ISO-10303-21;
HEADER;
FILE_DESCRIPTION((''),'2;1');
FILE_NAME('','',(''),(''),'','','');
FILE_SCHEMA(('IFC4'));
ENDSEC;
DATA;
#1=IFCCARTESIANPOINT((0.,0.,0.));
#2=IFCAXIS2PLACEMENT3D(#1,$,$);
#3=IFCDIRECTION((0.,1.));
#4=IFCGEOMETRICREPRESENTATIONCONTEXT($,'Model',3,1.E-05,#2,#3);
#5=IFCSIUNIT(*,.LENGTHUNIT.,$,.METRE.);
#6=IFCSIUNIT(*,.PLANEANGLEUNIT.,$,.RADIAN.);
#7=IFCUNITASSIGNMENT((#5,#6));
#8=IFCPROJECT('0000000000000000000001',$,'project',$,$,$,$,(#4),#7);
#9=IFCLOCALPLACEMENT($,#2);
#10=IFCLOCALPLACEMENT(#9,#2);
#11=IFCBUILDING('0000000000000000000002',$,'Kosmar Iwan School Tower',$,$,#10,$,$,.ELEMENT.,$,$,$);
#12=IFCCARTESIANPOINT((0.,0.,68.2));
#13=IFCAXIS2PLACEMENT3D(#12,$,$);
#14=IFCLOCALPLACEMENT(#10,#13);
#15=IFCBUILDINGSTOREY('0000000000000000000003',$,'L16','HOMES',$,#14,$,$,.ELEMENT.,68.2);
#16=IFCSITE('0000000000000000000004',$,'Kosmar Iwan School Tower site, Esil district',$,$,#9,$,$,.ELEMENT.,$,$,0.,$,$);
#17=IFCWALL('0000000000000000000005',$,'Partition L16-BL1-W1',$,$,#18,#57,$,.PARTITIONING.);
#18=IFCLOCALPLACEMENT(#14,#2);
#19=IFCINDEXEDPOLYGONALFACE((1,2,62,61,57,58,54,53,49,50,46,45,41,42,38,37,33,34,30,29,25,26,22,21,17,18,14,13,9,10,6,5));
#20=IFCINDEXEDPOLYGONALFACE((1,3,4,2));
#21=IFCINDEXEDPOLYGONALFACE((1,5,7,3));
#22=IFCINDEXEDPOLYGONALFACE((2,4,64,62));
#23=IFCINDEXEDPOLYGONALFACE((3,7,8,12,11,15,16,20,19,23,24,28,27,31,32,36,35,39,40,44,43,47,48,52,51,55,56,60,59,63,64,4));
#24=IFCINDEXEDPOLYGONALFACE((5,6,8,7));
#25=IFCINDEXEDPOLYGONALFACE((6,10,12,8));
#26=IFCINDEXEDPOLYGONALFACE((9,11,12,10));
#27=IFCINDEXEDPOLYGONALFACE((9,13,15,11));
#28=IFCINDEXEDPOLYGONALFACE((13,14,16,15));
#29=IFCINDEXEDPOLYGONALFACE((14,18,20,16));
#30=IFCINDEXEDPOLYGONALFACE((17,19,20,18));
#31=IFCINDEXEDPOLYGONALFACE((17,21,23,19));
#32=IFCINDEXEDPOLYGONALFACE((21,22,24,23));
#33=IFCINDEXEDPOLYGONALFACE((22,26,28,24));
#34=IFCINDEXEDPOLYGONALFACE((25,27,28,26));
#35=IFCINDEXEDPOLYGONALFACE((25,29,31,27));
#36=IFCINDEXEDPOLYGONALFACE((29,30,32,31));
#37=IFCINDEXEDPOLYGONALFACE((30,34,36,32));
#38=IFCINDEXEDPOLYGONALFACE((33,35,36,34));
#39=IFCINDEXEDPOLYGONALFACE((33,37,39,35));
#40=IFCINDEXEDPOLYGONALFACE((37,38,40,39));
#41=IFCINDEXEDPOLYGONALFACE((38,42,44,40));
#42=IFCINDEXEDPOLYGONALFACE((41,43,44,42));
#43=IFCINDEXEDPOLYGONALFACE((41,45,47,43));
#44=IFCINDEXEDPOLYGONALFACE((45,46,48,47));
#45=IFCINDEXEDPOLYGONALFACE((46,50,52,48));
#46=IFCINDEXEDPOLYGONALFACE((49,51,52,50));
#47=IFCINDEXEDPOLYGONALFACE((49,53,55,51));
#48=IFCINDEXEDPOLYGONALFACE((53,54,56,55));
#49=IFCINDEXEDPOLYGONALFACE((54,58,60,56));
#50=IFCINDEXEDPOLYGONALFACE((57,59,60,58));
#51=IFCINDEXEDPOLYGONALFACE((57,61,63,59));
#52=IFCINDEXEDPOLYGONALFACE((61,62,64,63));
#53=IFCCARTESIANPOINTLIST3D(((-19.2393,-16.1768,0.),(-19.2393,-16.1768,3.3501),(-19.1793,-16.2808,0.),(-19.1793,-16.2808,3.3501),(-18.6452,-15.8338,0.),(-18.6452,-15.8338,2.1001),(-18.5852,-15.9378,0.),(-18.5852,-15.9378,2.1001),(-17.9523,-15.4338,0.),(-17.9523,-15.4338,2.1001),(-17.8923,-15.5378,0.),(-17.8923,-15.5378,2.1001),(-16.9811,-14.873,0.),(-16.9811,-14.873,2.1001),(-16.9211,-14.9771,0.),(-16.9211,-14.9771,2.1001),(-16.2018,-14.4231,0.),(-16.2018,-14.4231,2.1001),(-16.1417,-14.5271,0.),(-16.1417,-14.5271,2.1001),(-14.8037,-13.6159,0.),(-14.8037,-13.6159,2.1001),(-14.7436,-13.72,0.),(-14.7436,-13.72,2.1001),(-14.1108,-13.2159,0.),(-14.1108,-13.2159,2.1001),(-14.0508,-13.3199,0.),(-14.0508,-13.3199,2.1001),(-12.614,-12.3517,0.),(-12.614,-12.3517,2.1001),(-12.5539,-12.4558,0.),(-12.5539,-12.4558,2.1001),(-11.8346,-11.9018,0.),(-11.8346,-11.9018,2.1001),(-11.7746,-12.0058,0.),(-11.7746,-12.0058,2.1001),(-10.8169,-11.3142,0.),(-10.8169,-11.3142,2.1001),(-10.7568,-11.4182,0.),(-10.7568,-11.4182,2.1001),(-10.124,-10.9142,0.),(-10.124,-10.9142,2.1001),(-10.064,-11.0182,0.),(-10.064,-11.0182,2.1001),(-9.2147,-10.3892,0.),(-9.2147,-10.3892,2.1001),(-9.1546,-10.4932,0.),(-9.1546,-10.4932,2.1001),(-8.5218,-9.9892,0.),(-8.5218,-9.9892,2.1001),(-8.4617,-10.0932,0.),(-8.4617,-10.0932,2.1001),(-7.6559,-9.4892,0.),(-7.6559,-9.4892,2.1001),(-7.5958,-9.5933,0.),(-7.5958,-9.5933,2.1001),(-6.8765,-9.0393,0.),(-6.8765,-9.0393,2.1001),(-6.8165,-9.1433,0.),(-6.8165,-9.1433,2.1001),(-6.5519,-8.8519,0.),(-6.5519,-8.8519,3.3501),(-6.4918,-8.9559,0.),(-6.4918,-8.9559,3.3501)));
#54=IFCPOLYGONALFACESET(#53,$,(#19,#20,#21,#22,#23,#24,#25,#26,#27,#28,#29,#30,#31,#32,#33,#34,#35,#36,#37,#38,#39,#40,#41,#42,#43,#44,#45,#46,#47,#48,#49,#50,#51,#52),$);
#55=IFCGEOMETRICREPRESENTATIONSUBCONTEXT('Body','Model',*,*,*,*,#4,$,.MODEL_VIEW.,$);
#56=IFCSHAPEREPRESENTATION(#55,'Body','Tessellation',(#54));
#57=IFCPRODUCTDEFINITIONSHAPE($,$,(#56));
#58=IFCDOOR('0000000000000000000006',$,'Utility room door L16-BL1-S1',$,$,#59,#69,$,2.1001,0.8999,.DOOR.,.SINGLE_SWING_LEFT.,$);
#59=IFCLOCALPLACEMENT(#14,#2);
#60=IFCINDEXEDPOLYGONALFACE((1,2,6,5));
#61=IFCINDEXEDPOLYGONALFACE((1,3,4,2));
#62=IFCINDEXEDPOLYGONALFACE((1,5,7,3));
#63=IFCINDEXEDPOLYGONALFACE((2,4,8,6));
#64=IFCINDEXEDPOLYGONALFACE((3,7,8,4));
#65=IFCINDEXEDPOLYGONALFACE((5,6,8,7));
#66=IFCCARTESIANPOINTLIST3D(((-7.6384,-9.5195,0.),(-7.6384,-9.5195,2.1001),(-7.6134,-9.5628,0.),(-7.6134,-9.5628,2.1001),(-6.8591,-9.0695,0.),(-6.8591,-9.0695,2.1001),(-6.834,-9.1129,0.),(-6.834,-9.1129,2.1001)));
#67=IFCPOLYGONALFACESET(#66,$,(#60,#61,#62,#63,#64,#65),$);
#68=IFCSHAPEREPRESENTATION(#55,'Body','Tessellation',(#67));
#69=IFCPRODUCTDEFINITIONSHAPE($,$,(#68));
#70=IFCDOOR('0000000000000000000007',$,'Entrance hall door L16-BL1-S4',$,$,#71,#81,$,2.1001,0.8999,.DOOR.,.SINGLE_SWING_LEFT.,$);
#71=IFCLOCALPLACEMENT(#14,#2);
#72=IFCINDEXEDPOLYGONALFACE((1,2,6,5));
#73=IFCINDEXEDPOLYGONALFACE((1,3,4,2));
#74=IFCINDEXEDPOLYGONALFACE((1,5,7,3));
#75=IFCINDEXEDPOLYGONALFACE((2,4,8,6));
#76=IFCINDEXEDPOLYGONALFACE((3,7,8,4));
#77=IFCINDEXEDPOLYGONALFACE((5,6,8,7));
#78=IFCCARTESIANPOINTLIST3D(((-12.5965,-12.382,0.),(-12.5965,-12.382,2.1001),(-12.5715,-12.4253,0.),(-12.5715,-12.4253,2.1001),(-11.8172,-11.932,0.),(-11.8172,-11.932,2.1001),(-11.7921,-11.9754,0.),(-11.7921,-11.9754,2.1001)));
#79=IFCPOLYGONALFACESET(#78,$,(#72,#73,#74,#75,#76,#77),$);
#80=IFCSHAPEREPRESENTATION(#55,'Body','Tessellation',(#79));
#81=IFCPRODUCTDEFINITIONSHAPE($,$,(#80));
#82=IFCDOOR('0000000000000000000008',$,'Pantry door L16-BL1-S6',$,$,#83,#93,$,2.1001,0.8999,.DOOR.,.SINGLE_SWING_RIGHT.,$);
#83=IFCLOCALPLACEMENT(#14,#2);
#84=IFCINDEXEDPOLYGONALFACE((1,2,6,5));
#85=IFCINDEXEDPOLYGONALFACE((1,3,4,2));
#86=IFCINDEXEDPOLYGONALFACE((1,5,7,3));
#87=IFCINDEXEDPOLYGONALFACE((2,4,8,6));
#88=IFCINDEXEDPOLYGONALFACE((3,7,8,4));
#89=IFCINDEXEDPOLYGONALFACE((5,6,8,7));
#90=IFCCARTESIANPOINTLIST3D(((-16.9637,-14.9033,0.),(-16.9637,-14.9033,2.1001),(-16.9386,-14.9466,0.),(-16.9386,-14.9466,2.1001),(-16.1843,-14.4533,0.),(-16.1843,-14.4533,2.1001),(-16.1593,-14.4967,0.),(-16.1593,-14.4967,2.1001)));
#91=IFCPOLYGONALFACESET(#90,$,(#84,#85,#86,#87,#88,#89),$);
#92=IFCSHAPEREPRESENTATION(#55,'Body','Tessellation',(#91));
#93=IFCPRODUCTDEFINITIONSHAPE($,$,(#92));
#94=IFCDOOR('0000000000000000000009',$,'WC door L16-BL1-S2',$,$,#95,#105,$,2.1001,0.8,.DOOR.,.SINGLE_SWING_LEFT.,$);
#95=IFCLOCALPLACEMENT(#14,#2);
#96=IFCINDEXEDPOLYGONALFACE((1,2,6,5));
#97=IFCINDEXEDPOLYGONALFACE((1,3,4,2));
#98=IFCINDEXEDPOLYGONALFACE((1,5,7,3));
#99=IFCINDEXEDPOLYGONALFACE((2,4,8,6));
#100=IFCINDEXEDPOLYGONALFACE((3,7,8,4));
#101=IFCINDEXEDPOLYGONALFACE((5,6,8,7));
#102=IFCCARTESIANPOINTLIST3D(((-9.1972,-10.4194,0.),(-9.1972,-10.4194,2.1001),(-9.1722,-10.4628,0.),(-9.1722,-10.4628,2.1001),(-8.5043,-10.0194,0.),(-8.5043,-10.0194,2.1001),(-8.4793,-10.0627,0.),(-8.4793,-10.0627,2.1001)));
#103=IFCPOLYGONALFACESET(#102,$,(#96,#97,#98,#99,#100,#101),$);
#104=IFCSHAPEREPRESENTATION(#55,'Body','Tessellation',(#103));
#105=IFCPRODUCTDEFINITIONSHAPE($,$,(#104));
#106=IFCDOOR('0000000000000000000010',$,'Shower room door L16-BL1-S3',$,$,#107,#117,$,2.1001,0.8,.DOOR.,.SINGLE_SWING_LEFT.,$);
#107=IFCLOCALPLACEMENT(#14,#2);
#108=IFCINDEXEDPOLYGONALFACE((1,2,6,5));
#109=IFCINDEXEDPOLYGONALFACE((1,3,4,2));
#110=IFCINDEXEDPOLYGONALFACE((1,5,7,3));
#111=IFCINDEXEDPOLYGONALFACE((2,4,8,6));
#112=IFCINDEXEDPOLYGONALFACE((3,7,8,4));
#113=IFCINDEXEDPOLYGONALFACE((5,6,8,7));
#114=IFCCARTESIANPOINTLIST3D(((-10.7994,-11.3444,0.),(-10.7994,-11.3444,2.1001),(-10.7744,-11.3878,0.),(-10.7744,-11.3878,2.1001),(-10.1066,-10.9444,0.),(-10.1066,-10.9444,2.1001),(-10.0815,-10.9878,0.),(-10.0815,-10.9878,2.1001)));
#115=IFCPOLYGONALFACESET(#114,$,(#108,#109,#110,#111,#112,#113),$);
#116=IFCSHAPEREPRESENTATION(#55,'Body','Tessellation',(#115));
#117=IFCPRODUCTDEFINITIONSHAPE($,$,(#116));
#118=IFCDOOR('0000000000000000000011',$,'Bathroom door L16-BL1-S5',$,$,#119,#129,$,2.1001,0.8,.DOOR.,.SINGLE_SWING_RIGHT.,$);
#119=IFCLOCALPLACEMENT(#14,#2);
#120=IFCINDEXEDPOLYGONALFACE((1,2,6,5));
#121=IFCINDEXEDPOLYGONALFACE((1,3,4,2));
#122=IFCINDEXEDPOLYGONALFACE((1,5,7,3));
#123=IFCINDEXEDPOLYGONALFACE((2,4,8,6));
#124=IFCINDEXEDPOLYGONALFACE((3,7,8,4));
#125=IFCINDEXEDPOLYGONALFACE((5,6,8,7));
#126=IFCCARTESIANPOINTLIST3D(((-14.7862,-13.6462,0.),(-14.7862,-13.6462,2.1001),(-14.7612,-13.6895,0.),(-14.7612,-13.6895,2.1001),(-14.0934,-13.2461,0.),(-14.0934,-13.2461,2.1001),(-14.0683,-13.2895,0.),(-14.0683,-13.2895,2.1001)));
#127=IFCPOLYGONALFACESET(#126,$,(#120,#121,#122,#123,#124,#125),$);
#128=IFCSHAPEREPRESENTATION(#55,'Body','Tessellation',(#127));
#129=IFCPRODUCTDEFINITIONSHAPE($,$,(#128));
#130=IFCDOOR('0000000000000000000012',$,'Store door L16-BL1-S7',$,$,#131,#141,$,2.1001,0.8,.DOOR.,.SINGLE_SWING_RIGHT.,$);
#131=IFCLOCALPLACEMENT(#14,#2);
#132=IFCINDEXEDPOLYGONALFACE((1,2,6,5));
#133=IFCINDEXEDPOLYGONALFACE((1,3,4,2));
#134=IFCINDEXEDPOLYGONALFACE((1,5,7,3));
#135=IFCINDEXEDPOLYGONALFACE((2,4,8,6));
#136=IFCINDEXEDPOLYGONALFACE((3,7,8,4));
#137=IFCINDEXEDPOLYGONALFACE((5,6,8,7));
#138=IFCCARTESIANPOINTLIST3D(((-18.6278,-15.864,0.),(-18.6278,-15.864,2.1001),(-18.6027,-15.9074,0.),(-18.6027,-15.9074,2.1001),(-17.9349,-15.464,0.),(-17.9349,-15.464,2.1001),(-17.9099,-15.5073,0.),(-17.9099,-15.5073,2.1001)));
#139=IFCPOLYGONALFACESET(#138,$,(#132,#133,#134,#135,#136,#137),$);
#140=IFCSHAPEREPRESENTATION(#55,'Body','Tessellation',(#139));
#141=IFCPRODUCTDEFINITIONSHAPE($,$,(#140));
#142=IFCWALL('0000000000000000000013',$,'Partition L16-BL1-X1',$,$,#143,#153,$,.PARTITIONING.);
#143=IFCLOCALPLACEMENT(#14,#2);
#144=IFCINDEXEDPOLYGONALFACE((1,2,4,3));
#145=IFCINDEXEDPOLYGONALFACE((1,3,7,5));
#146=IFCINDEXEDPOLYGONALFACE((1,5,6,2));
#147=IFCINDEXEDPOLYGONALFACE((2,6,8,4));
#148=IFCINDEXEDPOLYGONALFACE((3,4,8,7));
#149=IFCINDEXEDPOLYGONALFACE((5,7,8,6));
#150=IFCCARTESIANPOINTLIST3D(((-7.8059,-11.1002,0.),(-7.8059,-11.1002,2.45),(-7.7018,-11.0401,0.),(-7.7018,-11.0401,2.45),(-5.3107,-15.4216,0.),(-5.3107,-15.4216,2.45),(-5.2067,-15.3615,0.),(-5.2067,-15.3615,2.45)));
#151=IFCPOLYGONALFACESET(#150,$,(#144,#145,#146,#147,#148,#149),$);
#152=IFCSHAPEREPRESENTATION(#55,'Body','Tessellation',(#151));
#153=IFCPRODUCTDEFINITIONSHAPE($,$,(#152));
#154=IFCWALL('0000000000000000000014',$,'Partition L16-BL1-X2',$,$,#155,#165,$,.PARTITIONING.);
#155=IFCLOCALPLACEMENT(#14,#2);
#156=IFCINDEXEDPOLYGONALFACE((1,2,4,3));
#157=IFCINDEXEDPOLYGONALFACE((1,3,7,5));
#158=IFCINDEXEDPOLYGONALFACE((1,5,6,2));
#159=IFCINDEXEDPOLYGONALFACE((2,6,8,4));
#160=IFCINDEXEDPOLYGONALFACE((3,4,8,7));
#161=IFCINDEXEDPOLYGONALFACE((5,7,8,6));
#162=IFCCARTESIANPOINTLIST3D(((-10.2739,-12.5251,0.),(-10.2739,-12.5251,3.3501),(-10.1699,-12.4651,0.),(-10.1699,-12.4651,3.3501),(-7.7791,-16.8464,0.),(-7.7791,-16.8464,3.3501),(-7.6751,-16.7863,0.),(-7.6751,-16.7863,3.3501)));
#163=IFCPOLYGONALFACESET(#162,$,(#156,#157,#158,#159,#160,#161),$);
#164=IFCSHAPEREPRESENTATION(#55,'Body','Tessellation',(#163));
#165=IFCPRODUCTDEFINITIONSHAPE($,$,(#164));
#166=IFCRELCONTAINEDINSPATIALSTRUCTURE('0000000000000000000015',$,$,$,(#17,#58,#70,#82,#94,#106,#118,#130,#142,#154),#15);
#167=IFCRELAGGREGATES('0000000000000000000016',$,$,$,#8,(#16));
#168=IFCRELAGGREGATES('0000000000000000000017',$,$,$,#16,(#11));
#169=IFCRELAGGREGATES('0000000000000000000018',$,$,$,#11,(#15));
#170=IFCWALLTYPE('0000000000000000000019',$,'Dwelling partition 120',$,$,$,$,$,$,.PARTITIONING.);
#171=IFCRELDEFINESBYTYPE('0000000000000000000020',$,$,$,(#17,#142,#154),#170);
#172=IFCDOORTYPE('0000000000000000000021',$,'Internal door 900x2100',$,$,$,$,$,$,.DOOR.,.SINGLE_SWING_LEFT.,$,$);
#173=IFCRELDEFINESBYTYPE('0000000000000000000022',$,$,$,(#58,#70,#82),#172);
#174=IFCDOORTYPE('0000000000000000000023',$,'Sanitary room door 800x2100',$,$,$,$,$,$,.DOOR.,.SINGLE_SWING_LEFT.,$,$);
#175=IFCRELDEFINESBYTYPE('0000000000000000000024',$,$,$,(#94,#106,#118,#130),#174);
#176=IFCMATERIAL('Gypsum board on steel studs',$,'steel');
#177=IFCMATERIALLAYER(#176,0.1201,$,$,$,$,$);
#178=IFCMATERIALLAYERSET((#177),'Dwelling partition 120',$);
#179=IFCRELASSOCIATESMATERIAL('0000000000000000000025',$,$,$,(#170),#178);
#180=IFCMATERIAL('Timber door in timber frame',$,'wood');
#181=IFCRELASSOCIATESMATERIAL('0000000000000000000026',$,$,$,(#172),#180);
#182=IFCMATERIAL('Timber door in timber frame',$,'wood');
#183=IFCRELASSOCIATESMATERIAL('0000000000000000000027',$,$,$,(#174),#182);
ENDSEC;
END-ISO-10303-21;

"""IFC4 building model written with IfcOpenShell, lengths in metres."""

from ifc_helpers import new_model, si_unit, direction, frame, frame_2d, origin, place, context, subcontext, project, spatial, rectangle, extrude, material, layer, layer_set, type_object, element, fill, save


model = new_model("IFC4")

# Units and contexts
model_context = context("Model", 3, precision=1e-05, world=origin(), true_north=direction((0.0, 1.0)))
body_context = subcontext(model_context, "Body", "Model", "MODEL_VIEW")
ifc_project = project(units=[si_unit("LENGTHUNIT", "METRE"), si_unit("PLANEANGLEUNIT", "RADIAN")], contexts=[model_context])

# Site, building, storey
site_placement = place(None, origin())
site = spatial("IfcSite", under=ifc_project, at=site_placement, Name="Kosmar Iwan School Tower site, Esil district", CompositionType="ELEMENT", RefElevation=0.0)
building_placement = place(site_placement, origin())
building = spatial("IfcBuilding", under=site, at=building_placement, Name="Kosmar Iwan School Tower", CompositionType="ELEMENT")
storey_placement = place(building_placement, frame((0.0, 0.0, 68.2)))
storey = spatial("IfcBuildingStorey", under=building, at=storey_placement, Name="L16", Description="HOMES", CompositionType="ELEMENT", Elevation=68.2)

# Wall, openings, doors
ifc_material_1 = material(Name="Gypsum board on steel studs", Category="steel")
ifc_layer_1 = layer(ifc_material_1, 0.1201)
ifc_layer_set_1 = layer_set([ifc_layer_1], Name="Dwelling partition 120")
wall_type_1 = type_object("IfcWallType", Name="Dwelling partition 120", PredefinedType="PARTITIONING", material=ifc_layer_set_1)
wall_1_placement = place(storey_placement, frame((-6.5217, -8.9038, 0.0), z_axis=(0.0, 0.0, 1.0), x_axis=(-0.866031, -0.499991, 0.0)))
wall_1 = element("IfcWall", 1, at=wall_1_placement, inside=storey, type_object=wall_type_1, Name="Partition L16-BL1-W1", PredefinedType="PARTITIONING", context=body_context, shape_type="SweptSolid", body=[
    extrude(rectangle(XDim=14.6501, YDim=0.1201, at=frame_2d((7.3252, 0.0))), origin(), (0.0, 0.0, 1.0), 3.3501),
])
opening_1_placement = place(wall_1_placement, frame((0.375, 0.0, 0.0)))
opening_1 = element("IfcOpeningElement", 2, at=opening_1_placement, cuts=wall_1, PredefinedType="OPENING", context=body_context, shape_type="SweptSolid", body=[
    extrude(rectangle(XDim=0.8999, YDim=2.1001, at=frame_2d((0.45, 1.05))), frame((0.0, 0.072, 0.0), z_axis=(0.0, -1.0, 0.0), x_axis=(1.0, 0.0, 0.0)), (0.0, 0.0, 1.0), 0.144),
])
opening_2_placement = place(wall_1_placement, frame((2.2749, 0.0, 0.0)))
opening_2 = element("IfcOpeningElement", 3, at=opening_2_placement, cuts=wall_1, PredefinedType="OPENING", context=body_context, shape_type="SweptSolid", body=[
    extrude(rectangle(XDim=0.8, YDim=2.1001, at=frame_2d((0.3999, 1.05))), frame((0.0, 0.072, 0.0), z_axis=(0.0, -1.0, 0.0), x_axis=(1.0, 0.0, 0.0)), (0.0, 0.0, 1.0), 0.144),
])
opening_3_placement = place(wall_1_placement, frame((4.125, 0.0, 0.0)))
opening_3 = element("IfcOpeningElement", 4, at=opening_3_placement, cuts=wall_1, PredefinedType="OPENING", context=body_context, shape_type="SweptSolid", body=[
    extrude(rectangle(XDim=0.8, YDim=2.1001, at=frame_2d((0.3999, 1.05))), frame((0.0, 0.072, 0.0), z_axis=(0.0, -1.0, 0.0), x_axis=(1.0, 0.0, 0.0)), (0.0, 0.0, 1.0), 0.144),
])
opening_4_placement = place(wall_1_placement, frame((6.1001, 0.0, 0.0)))
opening_4 = element("IfcOpeningElement", 5, at=opening_4_placement, cuts=wall_1, PredefinedType="OPENING", context=body_context, shape_type="SweptSolid", body=[
    extrude(rectangle(XDim=0.8999, YDim=2.1001, at=frame_2d((0.45, 1.05))), frame((0.0, 0.072, 0.0), z_axis=(0.0, -1.0, 0.0), x_axis=(1.0, 0.0, 0.0)), (0.0, 0.0, 1.0), 0.144),
])
opening_5_placement = place(wall_1_placement, frame((8.7285, 0.0, 0.0)))
opening_5 = element("IfcOpeningElement", 6, at=opening_5_placement, cuts=wall_1, PredefinedType="OPENING", context=body_context, shape_type="SweptSolid", body=[
    extrude(rectangle(XDim=0.8, YDim=2.1001, at=frame_2d((0.3999, 1.05))), frame((0.0, 0.072, 0.0), z_axis=(0.0, -1.0, 0.0), x_axis=(1.0, 0.0, 0.0)), (0.0, 0.0, 1.0), 0.144),
])
opening_6_placement = place(wall_1_placement, frame((11.1428, 0.0, 0.0)))
opening_6 = element("IfcOpeningElement", 7, at=opening_6_placement, cuts=wall_1, PredefinedType="OPENING", context=body_context, shape_type="SweptSolid", body=[
    extrude(rectangle(XDim=0.8999, YDim=2.1001, at=frame_2d((0.45, 1.05))), frame((0.0, 0.072, 0.0), z_axis=(0.0, -1.0, 0.0), x_axis=(1.0, 0.0, 0.0)), (0.0, 0.0, 1.0), 0.144),
])
opening_7_placement = place(wall_1_placement, frame((13.1643, 0.0, 0.0)))
opening_7 = element("IfcOpeningElement", 8, at=opening_7_placement, cuts=wall_1, PredefinedType="OPENING", context=body_context, shape_type="SweptSolid", body=[
    extrude(rectangle(XDim=0.8, YDim=2.1001, at=frame_2d((0.3999, 1.05))), frame((0.0, 0.072, 0.0), z_axis=(0.0, -1.0, 0.0), x_axis=(1.0, 0.0, 0.0)), (0.0, 0.0, 1.0), 0.144),
])
ifc_material_2 = material(Name="Timber door in timber frame", Category="wood")
door_type_1 = type_object("IfcDoorType", Name="Internal door 900x2100", OperationType="SINGLE_SWING_LEFT", PredefinedType="DOOR", material=ifc_material_2)
door_1_placement = place(opening_1_placement, origin())
door_1 = element("IfcDoor", 9, at=door_1_placement, inside=storey, type_object=door_type_1, Name="Utility room door L16-BL1-S1", OperationType="SINGLE_SWING_LEFT", OverallHeight=2.1001, OverallWidth=0.8999, PredefinedType="DOOR", context=body_context, shape_type="SweptSolid", body=[
    extrude(rectangle(XDim=0.8999, YDim=2.1001, at=frame_2d((0.45, 1.05))), frame((0.0, 0.0249, 0.0), z_axis=(0.0, -1.0, 0.0), x_axis=(1.0, 0.0, 0.0)), (0.0, 0.0, 1.0), 0.05),
])
fill(opening_1, door_1)
door_2_placement = place(opening_4_placement, origin())
door_2 = element("IfcDoor", 10, at=door_2_placement, inside=storey, type_object=door_type_1, Name="Entrance hall door L16-BL1-S4", OperationType="SINGLE_SWING_LEFT", OverallHeight=2.1001, OverallWidth=0.8999, PredefinedType="DOOR", context=body_context, shape_type="SweptSolid", body=[
    extrude(rectangle(XDim=0.8999, YDim=2.1001, at=frame_2d((0.45, 1.05))), frame((0.0, 0.0249, 0.0), z_axis=(0.0, -1.0, 0.0), x_axis=(1.0, 0.0, 0.0)), (0.0, 0.0, 1.0), 0.05),
])
fill(opening_4, door_2)
door_3_placement = place(opening_6_placement, origin())
door_3 = element("IfcDoor", 11, at=door_3_placement, inside=storey, type_object=door_type_1, Name="Pantry door L16-BL1-S6", OperationType="SINGLE_SWING_RIGHT", OverallHeight=2.1001, OverallWidth=0.8999, PredefinedType="DOOR", context=body_context, shape_type="SweptSolid", body=[
    extrude(rectangle(XDim=0.8999, YDim=2.1001, at=frame_2d((0.45, 1.05))), frame((0.0, 0.0249, 0.0), z_axis=(0.0, -1.0, 0.0), x_axis=(1.0, 0.0, 0.0)), (0.0, 0.0, 1.0), 0.05),
])
fill(opening_6, door_3)
ifc_material_3 = material(Name="Timber door in timber frame", Category="wood")
door_type_2 = type_object("IfcDoorType", Name="Sanitary room door 800x2100", OperationType="SINGLE_SWING_LEFT", PredefinedType="DOOR", material=ifc_material_3)
door_4_placement = place(opening_2_placement, origin())
door_4 = element("IfcDoor", 12, at=door_4_placement, inside=storey, type_object=door_type_2, Name="WC door L16-BL1-S2", OperationType="SINGLE_SWING_LEFT", OverallHeight=2.1001, OverallWidth=0.8, PredefinedType="DOOR", context=body_context, shape_type="SweptSolid", body=[
    extrude(rectangle(XDim=0.8, YDim=2.1001, at=frame_2d((0.3999, 1.05))), frame((0.0, 0.0249, 0.0), z_axis=(0.0, -1.0, 0.0), x_axis=(1.0, 0.0, 0.0)), (0.0, 0.0, 1.0), 0.05),
])
fill(opening_2, door_4)
door_5_placement = place(opening_3_placement, origin())
door_5 = element("IfcDoor", 13, at=door_5_placement, inside=storey, type_object=door_type_2, Name="Shower room door L16-BL1-S3", OperationType="SINGLE_SWING_LEFT", OverallHeight=2.1001, OverallWidth=0.8, PredefinedType="DOOR", context=body_context, shape_type="SweptSolid", body=[
    extrude(rectangle(XDim=0.8, YDim=2.1001, at=frame_2d((0.3999, 1.05))), frame((0.0, 0.0249, 0.0), z_axis=(0.0, -1.0, 0.0), x_axis=(1.0, 0.0, 0.0)), (0.0, 0.0, 1.0), 0.05),
])
fill(opening_3, door_5)
door_6_placement = place(opening_5_placement, origin())
door_6 = element("IfcDoor", 14, at=door_6_placement, inside=storey, type_object=door_type_2, Name="Bathroom door L16-BL1-S5", OperationType="SINGLE_SWING_RIGHT", OverallHeight=2.1001, OverallWidth=0.8, PredefinedType="DOOR", context=body_context, shape_type="SweptSolid", body=[
    extrude(rectangle(XDim=0.8, YDim=2.1001, at=frame_2d((0.3999, 1.05))), frame((0.0, 0.0249, 0.0), z_axis=(0.0, -1.0, 0.0), x_axis=(1.0, 0.0, 0.0)), (0.0, 0.0, 1.0), 0.05),
])
fill(opening_5, door_6)
door_7_placement = place(opening_7_placement, origin())
door_7 = element("IfcDoor", 15, at=door_7_placement, inside=storey, type_object=door_type_2, Name="Store door L16-BL1-S7", OperationType="SINGLE_SWING_RIGHT", OverallHeight=2.1001, OverallWidth=0.8, PredefinedType="DOOR", context=body_context, shape_type="SweptSolid", body=[
    extrude(rectangle(XDim=0.8, YDim=2.1001, at=frame_2d((0.3999, 1.05))), frame((0.0, 0.0249, 0.0), z_axis=(0.0, -1.0, 0.0), x_axis=(1.0, 0.0, 0.0)), (0.0, 0.0, 1.0), 0.05),
])
fill(opening_7, door_7)

# Walls
wall_2_placement = place(storey_placement, frame((-7.7539, -11.0701, 0.0), z_axis=(0.0, 0.0, 1.0), x_axis=(0.500033, -0.866006, 0.0)))
element("IfcWall", 16, at=wall_2_placement, inside=storey, type_object=wall_type_1, Name="Partition L16-BL1-X1", PredefinedType="PARTITIONING", context=body_context, shape_type="SweptSolid", body=[
    extrude(rectangle(XDim=4.99, YDim=0.1201, at=frame_2d((2.4951, 0.0))), origin(), (0.0, 0.0, 1.0), 2.45),
])
wall_3_placement = place(storey_placement, frame((-10.2219, -12.4951, 0.0), z_axis=(0.0, 0.0, 1.0), x_axis=(0.499996, -0.866028, 0.0)))
element("IfcWall", 17, at=wall_3_placement, inside=storey, type_object=wall_type_1, Name="Partition L16-BL1-X2", PredefinedType="PARTITIONING", context=body_context, shape_type="SweptSolid", body=[
    extrude(rectangle(XDim=4.9897, YDim=0.1201, at=frame_2d((2.4949, 0.0))), origin(), (0.0, 0.0, 1.0), 3.3501),
])

save(model, "model.ifc")
